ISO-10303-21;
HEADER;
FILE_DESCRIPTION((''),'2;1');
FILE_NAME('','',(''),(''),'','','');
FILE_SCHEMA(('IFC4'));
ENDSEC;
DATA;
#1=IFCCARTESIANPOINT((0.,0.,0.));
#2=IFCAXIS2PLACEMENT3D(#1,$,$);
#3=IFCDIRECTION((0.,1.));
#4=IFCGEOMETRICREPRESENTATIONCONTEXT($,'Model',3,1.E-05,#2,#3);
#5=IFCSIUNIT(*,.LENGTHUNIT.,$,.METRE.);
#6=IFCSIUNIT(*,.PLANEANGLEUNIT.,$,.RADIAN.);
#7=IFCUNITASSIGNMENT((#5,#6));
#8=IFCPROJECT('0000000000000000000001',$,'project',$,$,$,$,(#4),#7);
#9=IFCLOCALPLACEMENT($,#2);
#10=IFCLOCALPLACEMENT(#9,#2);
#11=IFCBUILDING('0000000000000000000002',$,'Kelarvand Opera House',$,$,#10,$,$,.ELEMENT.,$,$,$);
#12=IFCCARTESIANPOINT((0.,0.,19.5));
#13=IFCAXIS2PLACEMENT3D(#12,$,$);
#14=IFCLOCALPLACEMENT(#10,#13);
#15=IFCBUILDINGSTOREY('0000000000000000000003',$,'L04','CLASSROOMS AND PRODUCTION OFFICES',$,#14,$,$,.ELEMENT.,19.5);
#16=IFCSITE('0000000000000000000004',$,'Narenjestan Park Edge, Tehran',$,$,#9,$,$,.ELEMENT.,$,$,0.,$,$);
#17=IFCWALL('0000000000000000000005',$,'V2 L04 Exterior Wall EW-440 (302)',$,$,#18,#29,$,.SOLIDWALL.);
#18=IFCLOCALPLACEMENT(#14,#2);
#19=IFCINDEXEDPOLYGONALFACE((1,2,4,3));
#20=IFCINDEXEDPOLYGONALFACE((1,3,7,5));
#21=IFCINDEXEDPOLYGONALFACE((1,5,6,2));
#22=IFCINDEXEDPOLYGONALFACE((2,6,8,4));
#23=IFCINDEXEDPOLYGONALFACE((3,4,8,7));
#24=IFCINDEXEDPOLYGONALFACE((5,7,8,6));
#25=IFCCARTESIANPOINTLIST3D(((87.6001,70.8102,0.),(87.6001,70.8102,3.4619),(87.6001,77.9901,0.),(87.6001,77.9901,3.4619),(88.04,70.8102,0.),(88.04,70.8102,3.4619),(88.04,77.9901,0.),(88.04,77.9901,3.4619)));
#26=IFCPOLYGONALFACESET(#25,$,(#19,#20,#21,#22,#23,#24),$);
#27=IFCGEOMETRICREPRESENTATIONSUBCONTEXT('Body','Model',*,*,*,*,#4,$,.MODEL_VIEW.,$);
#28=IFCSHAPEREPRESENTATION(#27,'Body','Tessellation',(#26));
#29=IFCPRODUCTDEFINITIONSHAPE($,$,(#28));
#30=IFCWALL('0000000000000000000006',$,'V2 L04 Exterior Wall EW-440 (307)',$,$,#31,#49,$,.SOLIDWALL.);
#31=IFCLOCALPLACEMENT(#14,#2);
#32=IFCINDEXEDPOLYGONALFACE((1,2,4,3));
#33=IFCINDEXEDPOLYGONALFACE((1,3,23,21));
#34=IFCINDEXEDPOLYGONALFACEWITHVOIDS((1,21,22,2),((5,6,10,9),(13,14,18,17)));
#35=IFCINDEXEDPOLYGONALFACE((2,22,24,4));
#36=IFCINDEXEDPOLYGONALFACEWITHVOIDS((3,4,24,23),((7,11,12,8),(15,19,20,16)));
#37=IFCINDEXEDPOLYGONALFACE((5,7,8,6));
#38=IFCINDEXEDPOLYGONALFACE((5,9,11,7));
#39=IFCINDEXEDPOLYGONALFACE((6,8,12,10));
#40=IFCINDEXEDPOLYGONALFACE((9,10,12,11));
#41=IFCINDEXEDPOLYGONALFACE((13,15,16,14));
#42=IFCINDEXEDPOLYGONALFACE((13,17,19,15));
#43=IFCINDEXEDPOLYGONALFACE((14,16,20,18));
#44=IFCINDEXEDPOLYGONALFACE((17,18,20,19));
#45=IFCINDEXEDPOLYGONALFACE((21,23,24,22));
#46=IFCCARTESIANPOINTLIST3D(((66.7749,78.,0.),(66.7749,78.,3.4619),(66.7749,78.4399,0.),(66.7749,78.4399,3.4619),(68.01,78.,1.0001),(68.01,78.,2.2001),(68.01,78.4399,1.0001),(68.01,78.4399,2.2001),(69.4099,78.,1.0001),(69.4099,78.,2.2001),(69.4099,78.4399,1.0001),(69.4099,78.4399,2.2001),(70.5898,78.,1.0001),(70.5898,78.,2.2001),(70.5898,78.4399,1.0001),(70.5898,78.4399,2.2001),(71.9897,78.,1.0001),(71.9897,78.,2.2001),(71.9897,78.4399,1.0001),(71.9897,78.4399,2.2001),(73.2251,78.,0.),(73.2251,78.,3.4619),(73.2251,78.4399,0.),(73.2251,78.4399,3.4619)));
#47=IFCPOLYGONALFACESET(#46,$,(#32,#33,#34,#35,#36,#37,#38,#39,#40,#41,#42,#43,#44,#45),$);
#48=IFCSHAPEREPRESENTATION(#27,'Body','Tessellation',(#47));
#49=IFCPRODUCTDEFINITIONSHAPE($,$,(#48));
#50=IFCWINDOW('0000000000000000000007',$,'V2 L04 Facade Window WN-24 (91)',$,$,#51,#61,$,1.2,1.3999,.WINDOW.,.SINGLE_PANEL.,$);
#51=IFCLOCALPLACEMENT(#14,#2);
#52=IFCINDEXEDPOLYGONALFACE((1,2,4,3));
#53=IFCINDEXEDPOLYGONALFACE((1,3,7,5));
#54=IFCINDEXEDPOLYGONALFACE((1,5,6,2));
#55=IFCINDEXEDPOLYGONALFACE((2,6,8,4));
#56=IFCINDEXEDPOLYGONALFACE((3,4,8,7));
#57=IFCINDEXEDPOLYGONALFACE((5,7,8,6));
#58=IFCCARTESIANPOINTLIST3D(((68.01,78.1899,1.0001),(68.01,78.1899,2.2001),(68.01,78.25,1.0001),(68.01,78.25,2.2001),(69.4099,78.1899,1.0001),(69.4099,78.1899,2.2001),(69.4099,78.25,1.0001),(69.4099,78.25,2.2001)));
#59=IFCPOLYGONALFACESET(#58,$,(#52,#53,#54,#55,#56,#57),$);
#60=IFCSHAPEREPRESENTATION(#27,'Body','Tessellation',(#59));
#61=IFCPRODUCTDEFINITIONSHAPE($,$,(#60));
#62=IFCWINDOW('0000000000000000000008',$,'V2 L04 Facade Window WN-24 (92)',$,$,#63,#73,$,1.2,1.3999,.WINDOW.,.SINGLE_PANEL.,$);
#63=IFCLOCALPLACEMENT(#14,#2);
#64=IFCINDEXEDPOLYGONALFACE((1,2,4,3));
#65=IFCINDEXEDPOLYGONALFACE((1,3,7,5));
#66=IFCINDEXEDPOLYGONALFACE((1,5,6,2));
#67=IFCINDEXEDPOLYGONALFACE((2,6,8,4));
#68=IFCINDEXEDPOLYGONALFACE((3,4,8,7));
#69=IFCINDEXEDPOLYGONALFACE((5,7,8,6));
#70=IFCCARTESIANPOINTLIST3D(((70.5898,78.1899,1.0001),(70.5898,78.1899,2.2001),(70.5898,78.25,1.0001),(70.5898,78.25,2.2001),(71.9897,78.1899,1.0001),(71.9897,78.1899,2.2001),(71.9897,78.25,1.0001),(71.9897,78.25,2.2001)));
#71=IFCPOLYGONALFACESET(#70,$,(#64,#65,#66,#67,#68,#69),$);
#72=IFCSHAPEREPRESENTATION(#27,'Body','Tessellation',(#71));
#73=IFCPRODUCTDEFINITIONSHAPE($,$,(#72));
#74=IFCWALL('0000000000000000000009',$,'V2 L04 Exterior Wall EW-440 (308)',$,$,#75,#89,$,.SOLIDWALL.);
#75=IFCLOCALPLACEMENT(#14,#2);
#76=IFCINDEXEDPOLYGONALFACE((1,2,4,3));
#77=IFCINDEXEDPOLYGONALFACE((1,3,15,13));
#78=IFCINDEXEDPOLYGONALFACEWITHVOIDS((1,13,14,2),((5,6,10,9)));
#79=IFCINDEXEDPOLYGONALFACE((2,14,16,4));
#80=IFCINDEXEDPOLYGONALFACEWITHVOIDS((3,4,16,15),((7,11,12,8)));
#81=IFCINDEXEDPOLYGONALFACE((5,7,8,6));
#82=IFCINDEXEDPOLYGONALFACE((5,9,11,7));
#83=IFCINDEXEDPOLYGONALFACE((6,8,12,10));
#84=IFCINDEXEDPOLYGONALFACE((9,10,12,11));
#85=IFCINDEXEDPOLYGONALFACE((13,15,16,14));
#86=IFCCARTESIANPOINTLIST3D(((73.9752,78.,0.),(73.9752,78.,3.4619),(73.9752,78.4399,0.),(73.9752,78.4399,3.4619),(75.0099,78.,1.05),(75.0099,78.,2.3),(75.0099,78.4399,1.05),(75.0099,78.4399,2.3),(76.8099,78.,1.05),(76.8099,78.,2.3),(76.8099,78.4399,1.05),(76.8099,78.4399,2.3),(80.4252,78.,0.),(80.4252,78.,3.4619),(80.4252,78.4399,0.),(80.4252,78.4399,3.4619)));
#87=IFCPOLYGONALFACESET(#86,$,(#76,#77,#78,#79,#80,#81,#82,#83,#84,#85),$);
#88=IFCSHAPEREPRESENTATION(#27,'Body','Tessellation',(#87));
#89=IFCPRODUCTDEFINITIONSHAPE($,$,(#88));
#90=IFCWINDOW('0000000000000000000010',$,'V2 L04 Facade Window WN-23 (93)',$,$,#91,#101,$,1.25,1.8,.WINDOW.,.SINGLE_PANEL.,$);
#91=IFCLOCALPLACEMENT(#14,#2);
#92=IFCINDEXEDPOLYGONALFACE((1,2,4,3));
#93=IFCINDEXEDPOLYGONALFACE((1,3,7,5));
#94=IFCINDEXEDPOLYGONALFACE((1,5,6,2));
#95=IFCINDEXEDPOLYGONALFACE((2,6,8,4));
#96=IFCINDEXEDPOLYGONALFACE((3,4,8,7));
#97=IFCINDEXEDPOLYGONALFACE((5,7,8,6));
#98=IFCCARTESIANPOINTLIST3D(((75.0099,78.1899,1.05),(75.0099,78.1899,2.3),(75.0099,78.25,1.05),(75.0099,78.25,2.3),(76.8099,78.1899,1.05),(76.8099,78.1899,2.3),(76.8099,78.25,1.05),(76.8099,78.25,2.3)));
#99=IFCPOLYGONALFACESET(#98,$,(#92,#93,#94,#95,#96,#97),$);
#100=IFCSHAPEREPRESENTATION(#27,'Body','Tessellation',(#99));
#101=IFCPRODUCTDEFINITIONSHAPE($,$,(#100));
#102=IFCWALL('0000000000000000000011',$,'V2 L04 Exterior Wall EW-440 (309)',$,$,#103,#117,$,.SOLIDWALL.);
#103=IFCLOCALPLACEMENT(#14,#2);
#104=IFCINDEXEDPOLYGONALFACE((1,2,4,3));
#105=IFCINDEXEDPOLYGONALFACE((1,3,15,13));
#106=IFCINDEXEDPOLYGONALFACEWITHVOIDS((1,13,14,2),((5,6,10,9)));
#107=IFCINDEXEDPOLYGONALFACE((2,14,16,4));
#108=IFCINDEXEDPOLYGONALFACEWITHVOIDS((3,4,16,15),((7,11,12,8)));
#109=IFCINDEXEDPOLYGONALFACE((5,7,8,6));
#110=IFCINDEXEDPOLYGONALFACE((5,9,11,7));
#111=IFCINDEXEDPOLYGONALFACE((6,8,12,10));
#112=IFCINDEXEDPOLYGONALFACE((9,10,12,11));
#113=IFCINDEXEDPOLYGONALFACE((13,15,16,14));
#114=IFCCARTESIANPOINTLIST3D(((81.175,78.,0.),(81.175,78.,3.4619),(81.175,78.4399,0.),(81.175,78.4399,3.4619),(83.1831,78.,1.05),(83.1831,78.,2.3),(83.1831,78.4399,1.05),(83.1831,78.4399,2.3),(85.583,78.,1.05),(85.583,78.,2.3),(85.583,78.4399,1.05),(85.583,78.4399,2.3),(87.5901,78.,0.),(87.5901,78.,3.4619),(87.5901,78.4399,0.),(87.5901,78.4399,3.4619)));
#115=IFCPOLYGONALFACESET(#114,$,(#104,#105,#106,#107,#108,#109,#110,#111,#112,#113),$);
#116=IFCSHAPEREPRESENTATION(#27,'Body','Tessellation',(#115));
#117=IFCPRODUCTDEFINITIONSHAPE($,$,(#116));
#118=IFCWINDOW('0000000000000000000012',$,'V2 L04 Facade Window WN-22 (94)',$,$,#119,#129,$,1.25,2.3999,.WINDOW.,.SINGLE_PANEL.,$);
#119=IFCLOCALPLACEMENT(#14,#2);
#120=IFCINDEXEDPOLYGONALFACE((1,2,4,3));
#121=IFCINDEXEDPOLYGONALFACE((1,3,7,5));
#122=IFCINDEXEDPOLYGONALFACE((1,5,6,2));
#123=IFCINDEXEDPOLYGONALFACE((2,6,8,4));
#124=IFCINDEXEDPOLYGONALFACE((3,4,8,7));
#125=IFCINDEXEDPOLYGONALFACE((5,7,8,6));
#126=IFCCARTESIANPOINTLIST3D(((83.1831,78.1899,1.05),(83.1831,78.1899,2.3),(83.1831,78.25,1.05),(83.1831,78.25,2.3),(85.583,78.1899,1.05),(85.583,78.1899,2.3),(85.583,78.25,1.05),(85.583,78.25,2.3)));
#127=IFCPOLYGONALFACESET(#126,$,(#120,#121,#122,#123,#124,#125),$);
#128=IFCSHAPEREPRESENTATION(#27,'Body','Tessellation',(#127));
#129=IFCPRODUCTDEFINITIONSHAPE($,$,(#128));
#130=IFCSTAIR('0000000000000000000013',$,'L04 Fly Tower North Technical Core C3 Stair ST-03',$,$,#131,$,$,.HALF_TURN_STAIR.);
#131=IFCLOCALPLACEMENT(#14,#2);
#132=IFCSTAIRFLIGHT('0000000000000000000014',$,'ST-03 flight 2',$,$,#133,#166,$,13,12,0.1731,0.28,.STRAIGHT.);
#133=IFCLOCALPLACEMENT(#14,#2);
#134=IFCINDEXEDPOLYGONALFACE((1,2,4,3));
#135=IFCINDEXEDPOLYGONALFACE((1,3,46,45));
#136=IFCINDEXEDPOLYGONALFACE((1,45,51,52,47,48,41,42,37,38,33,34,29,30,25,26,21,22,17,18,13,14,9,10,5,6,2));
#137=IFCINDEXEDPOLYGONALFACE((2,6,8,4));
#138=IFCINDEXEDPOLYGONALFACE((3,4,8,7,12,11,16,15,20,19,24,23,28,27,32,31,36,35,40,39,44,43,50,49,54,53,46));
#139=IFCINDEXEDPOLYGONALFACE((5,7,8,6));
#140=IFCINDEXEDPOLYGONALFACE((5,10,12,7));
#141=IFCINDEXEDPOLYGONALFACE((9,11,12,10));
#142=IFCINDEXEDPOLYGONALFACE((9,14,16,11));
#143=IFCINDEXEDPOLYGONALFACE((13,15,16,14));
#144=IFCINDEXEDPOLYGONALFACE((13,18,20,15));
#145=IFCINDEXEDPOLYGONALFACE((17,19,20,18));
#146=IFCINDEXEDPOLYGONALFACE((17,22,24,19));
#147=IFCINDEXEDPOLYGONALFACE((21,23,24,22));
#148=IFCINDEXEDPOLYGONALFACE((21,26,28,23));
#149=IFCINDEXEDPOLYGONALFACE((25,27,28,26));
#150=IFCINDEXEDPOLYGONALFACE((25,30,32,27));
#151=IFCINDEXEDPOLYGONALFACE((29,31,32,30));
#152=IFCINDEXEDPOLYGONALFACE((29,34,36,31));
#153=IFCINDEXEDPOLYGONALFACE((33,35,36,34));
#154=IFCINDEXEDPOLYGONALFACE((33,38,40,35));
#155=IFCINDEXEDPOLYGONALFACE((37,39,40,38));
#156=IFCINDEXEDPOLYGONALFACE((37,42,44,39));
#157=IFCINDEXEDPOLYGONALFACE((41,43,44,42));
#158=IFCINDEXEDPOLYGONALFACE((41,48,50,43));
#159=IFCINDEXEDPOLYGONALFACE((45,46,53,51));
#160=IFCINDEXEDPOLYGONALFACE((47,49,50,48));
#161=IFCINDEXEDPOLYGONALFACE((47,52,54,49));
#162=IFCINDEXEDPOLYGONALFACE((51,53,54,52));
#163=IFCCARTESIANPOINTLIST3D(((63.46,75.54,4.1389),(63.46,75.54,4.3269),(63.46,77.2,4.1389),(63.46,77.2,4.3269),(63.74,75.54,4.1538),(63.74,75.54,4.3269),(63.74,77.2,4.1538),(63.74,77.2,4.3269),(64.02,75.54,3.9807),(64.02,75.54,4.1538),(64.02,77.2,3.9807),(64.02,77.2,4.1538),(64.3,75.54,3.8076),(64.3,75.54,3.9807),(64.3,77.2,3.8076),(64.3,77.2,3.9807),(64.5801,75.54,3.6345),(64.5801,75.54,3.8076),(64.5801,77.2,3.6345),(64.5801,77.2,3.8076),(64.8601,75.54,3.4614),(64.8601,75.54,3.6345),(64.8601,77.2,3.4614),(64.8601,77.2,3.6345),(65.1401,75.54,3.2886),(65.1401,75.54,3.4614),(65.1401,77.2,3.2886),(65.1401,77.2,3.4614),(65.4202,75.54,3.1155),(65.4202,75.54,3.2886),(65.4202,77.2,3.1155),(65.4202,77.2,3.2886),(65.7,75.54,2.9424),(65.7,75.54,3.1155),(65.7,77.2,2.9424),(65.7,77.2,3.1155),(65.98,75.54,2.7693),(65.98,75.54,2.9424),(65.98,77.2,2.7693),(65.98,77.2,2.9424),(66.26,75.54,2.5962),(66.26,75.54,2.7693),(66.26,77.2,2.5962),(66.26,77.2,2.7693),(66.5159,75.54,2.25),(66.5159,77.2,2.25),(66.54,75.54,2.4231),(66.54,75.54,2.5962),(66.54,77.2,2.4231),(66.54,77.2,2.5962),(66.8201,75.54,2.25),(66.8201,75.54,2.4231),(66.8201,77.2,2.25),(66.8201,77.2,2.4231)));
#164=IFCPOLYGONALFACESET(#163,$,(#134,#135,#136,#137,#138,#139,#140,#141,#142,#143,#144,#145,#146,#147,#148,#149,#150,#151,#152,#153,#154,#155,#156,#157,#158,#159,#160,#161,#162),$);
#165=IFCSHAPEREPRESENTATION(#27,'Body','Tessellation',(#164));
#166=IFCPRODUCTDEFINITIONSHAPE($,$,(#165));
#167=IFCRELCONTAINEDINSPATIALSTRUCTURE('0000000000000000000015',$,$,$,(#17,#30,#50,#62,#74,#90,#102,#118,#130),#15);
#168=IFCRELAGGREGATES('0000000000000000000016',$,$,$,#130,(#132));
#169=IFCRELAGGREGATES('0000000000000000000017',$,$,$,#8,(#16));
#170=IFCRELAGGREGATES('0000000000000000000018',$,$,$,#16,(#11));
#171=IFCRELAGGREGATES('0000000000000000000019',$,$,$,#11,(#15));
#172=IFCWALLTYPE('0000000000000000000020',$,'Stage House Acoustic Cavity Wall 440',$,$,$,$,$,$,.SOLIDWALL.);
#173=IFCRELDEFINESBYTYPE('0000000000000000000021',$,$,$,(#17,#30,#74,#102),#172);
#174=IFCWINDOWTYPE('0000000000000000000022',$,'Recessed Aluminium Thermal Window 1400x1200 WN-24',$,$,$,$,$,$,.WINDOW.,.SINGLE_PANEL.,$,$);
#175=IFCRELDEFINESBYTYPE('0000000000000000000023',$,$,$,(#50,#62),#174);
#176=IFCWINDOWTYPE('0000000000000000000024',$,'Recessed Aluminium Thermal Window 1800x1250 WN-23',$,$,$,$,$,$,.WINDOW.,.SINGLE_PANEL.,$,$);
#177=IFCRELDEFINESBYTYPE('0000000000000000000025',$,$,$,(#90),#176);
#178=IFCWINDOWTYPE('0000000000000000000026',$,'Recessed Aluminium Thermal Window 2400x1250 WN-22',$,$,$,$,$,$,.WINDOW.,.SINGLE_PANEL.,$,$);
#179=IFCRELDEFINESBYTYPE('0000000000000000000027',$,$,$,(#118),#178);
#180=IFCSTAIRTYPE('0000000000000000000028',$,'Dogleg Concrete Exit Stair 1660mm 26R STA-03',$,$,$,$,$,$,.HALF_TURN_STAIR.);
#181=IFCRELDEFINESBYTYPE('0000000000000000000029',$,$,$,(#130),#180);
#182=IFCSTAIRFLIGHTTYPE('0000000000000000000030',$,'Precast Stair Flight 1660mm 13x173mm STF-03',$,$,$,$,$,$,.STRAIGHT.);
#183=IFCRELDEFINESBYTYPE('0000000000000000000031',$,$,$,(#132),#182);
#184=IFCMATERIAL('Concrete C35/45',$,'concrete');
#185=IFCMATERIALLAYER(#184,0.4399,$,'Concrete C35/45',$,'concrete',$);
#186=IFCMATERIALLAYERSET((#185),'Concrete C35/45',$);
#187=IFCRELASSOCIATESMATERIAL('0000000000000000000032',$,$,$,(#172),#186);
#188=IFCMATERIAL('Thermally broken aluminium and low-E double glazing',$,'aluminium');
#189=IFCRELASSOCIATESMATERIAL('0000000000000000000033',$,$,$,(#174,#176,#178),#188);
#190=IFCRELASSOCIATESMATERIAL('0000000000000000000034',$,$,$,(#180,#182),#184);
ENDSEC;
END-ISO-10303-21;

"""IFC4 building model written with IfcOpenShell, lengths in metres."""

from ifc_helpers import new_model, si_unit, direction, frame, frame_2d, origin, place, context, subcontext, project, spatial, polyline, rectangle, outline, extrude, material, layer, layer_set, type_object, element, fill, aggregate, save


model = new_model("IFC4")

# Units and contexts
model_context = context("Model", 3, precision=1e-05, world=origin(), true_north=direction((0.0, 1.0)))
body_context = subcontext(model_context, "Body", "Model", "MODEL_VIEW")
ifc_project = project(units=[si_unit("LENGTHUNIT", "METRE"), si_unit("PLANEANGLEUNIT", "RADIAN")], contexts=[model_context])

# Site, building, storey
site_placement = place(None, origin())
site = spatial("IfcSite", under=ifc_project, at=site_placement, Name="Narenjestan Park Edge, Tehran", CompositionType="ELEMENT", RefElevation=0.0)
building_placement = place(site_placement, origin())
building = spatial("IfcBuilding", under=site, at=building_placement, Name="Kelarvand Opera House", CompositionType="ELEMENT")
storey_placement = place(building_placement, frame((0.0, 0.0, 19.5)))
storey = spatial("IfcBuildingStorey", under=building, at=storey_placement, Name="L04", Description="CLASSROOMS AND PRODUCTION OFFICES", CompositionType="ELEMENT", Elevation=19.5)

# Shared definitions
ifc_material_1 = material(Name="Concrete C35/45", Category="concrete")

# Wall
ifc_layer_1 = layer(ifc_material_1, 0.4399, Name="Concrete C35/45", Category="concrete")
ifc_layer_set_1 = layer_set([ifc_layer_1], Name="Concrete C35/45")
wall_type_1 = type_object("IfcWallType", Name="Stage House Acoustic Cavity Wall 440", PredefinedType="SOLIDWALL", material=ifc_layer_set_1)
wall_1_placement = place(storey_placement, frame((87.8201, 77.99, 0.0), z_axis=(0.0, 0.0, 1.0), x_axis=(0.0, -1.0, 0.0)))
element("IfcWall", 1, at=wall_1_placement, inside=storey, type_object=wall_type_1, Name="V2 L04 Exterior Wall EW-440 (302)", PredefinedType="SOLIDWALL", context=body_context, shape_type="SweptSolid", body=[
    extrude(rectangle(XDim=7.1799, YDim=0.4399, at=frame_2d((3.5898, 0.0))), origin(), (0.0, 0.0, 1.0), 3.4619),
])

# Wall, openings, windows
wall_2_placement = place(storey_placement, frame((66.7749, 78.22, 0.0), z_axis=(0.0, 0.0, 1.0), x_axis=(1.0, 0.0, 0.0)))
wall_2 = element("IfcWall", 2, at=wall_2_placement, inside=storey, type_object=wall_type_1, Name="V2 L04 Exterior Wall EW-440 (307)", PredefinedType="SOLIDWALL", context=body_context, shape_type="SweptSolid", body=[
    extrude(rectangle(XDim=6.4502, YDim=0.4399, at=frame_2d((3.2251, 0.0))), origin(), (0.0, 0.0, 1.0), 3.4619),
])
opening_1_placement = place(wall_2_placement, frame((1.2351, 0.0, 1.0)))
opening_1 = element("IfcOpeningElement", 3, at=opening_1_placement, cuts=wall_2, PredefinedType="OPENING", context=body_context, shape_type="SweptSolid", body=[
    extrude(rectangle(XDim=1.3999, YDim=1.2, at=frame_2d((0.7, 0.6001))), frame((0.0, 0.23, 0.0), z_axis=(0.0, -1.0, 0.0), x_axis=(1.0, 0.0, 0.0)), (0.0, 0.0, 1.0), 0.46),
])
opening_2_placement = place(wall_2_placement, frame((3.8149, 0.0, 1.0)))
opening_2 = element("IfcOpeningElement", 4, at=opening_2_placement, cuts=wall_2, PredefinedType="OPENING", context=body_context, shape_type="SweptSolid", body=[
    extrude(rectangle(XDim=1.3999, YDim=1.2, at=frame_2d((0.7, 0.6001))), frame((0.0, 0.23, 0.0), z_axis=(0.0, -1.0, 0.0), x_axis=(1.0, 0.0, 0.0)), (0.0, 0.0, 1.0), 0.46),
])
ifc_material_2 = material(Name="Thermally broken aluminium and low-E double glazing", Category="aluminium")
window_type_1 = type_object("IfcWindowType", Name="Recessed Aluminium Thermal Window 1400x1200 WN-24", PartitioningType="SINGLE_PANEL", PredefinedType="WINDOW", material=ifc_material_2)
window_1_placement = place(opening_1_placement, origin())
window_1 = element("IfcWindow", 5, at=window_1_placement, inside=storey, type_object=window_type_1, Name="V2 L04 Facade Window WN-24 (91)", OverallHeight=1.2, OverallWidth=1.3999, PartitioningType="SINGLE_PANEL", PredefinedType="WINDOW", context=body_context, shape_type="SweptSolid", body=[
    extrude(rectangle(XDim=1.3999, YDim=1.2, at=frame_2d((0.7, 0.6001))), frame((0.0, 0.03, 0.0), z_axis=(0.0, -1.0, 0.0), x_axis=(1.0, 0.0, 0.0)), (0.0, 0.0, 1.0), 0.0601),
])
fill(opening_1, window_1)
window_2_placement = place(opening_2_placement, origin())
window_2 = element("IfcWindow", 6, at=window_2_placement, inside=storey, type_object=window_type_1, Name="V2 L04 Facade Window WN-24 (92)", OverallHeight=1.2, OverallWidth=1.3999, PartitioningType="SINGLE_PANEL", PredefinedType="WINDOW", context=body_context, shape_type="SweptSolid", body=[
    extrude(rectangle(XDim=1.3999, YDim=1.2, at=frame_2d((0.7, 0.6001))), frame((0.0, 0.03, 0.0), z_axis=(0.0, -1.0, 0.0), x_axis=(1.0, 0.0, 0.0)), (0.0, 0.0, 1.0), 0.0601),
])
fill(opening_2, window_2)

# Walls, openings, windows
wall_3_placement = place(storey_placement, frame((73.9751, 78.22, 0.0), z_axis=(0.0, 0.0, 1.0), x_axis=(1.0, 0.0, 0.0)))
wall_3 = element("IfcWall", 7, at=wall_3_placement, inside=storey, type_object=wall_type_1, Name="V2 L04 Exterior Wall EW-440 (308)", PredefinedType="SOLIDWALL", context=body_context, shape_type="SweptSolid", body=[
    extrude(rectangle(XDim=6.45, YDim=0.4399, at=frame_2d((3.2251, 0.0))), origin(), (0.0, 0.0, 1.0), 3.4619),
])
opening_3_placement = place(wall_3_placement, frame((1.0349, 0.0, 1.05)))
opening_3 = element("IfcOpeningElement", 8, at=opening_3_placement, cuts=wall_3, PredefinedType="OPENING", context=body_context, shape_type="SweptSolid", body=[
    extrude(rectangle(XDim=1.8, YDim=1.25, at=frame_2d((0.8999, 0.625))), frame((0.0, 0.23, 0.0), z_axis=(0.0, -1.0, 0.0), x_axis=(1.0, 0.0, 0.0)), (0.0, 0.0, 1.0), 0.46),
])
window_type_2 = type_object("IfcWindowType", Name="Recessed Aluminium Thermal Window 1800x1250 WN-23", PartitioningType="SINGLE_PANEL", PredefinedType="WINDOW", material=ifc_material_2)
window_3_placement = place(opening_3_placement, origin())
window_3 = element("IfcWindow", 9, at=window_3_placement, inside=storey, type_object=window_type_2, Name="V2 L04 Facade Window WN-23 (93)", OverallHeight=1.25, OverallWidth=1.8, PartitioningType="SINGLE_PANEL", PredefinedType="WINDOW", context=body_context, shape_type="SweptSolid", body=[
    extrude(rectangle(XDim=1.8, YDim=1.25, at=frame_2d((0.8999, 0.625))), frame((0.0, 0.03, 0.0), z_axis=(0.0, -1.0, 0.0), x_axis=(1.0, 0.0, 0.0)), (0.0, 0.0, 1.0), 0.0601),
])
fill(opening_3, window_3)
wall_4_placement = place(storey_placement, frame((81.175, 78.22, 0.0), z_axis=(0.0, 0.0, 1.0), x_axis=(1.0, 0.0, 0.0)))
wall_4 = element("IfcWall", 10, at=wall_4_placement, inside=storey, type_object=wall_type_1, Name="V2 L04 Exterior Wall EW-440 (309)", PredefinedType="SOLIDWALL", context=body_context, shape_type="SweptSolid", body=[
    extrude(rectangle(XDim=6.415, YDim=0.4399, at=frame_2d((3.2075, 0.0))), origin(), (0.0, 0.0, 1.0), 3.4619),
])
opening_4_placement = place(wall_4_placement, frame((2.0081, 0.0, 1.05)))
opening_4 = element("IfcOpeningElement", 11, at=opening_4_placement, cuts=wall_4, PredefinedType="OPENING", context=body_context, shape_type="SweptSolid", body=[
    extrude(rectangle(XDim=2.3999, YDim=1.25, at=frame_2d((1.2, 0.625))), frame((0.0, 0.23, 0.0), z_axis=(0.0, -1.0, 0.0), x_axis=(1.0, 0.0, 0.0)), (0.0, 0.0, 1.0), 0.46),
])
window_type_3 = type_object("IfcWindowType", Name="Recessed Aluminium Thermal Window 2400x1250 WN-22", PartitioningType="SINGLE_PANEL", PredefinedType="WINDOW", material=ifc_material_2)
window_4_placement = place(opening_4_placement, origin())
window_4 = element("IfcWindow", 12, at=window_4_placement, inside=storey, type_object=window_type_3, Name="V2 L04 Facade Window WN-22 (94)", OverallHeight=1.25, OverallWidth=2.3999, PartitioningType="SINGLE_PANEL", PredefinedType="WINDOW", context=body_context, shape_type="SweptSolid", body=[
    extrude(rectangle(XDim=2.3999, YDim=1.25, at=frame_2d((1.2, 0.625))), frame((0.0, 0.03, 0.0), z_axis=(0.0, -1.0, 0.0), x_axis=(1.0, 0.0, 0.0)), (0.0, 0.0, 1.0), 0.0601),
])
fill(opening_4, window_4)

# Stair, stair flight
stair_type = type_object("IfcStairType", Name="Dogleg Concrete Exit Stair 1660mm 26R STA-03", PredefinedType="HALF_TURN_STAIR", material=ifc_material_1)
stair_placement = place(storey_placement, origin())
stair = element("IfcStair", 13, at=stair_placement, inside=storey, type_object=stair_type, Name="L04 Fly Tower North Technical Core C3 Stair ST-03", PredefinedType="HALF_TURN_STAIR")
stair_flight_type = type_object("IfcStairFlightType", Name="Precast Stair Flight 1660mm 13x173mm STF-03", PredefinedType="STRAIGHT", material=ifc_material_1)
stair_flight_placement = place(storey_placement, frame((66.8201, 76.3701, 2.25), z_axis=(0.0, 0.0, 1.0), x_axis=(-1.0, 0.0, 0.0)))
stair_flight = element("IfcStairFlight", 14, at=stair_flight_placement, type_object=stair_flight_type, Name="ST-03 flight 2", NumberOfRisers=13, NumberOfTreads=12, PredefinedType="STRAIGHT", RiserHeight=0.1731, TreadLength=0.28, context=body_context, shape_type="SweptSolid", body=[
    extrude(outline(polyline([(0.0, 0.0), (0.0, 0.1731), (0.28, 0.1731), (0.28, 0.3462), (0.5601, 0.3462), (0.5601, 0.5193), (0.8401, 0.5193), (0.8401, 0.6924), (1.1201, 0.6924), (1.1201, 0.8655), (1.3999, 0.8655), (1.3999, 1.0386), (1.6799, 1.0386), (1.6799, 1.2114), (1.96, 1.2114), (1.96, 1.3845), (2.24, 1.3845), (2.24, 1.5576), (2.52, 1.5576), (2.52, 1.7307), (2.8, 1.7307), (2.8, 1.9038), (3.0801, 1.9038), (3.0801, 2.0769), (3.3601, 2.0769), (3.3601, 2.25), (3.3601, 1.8889), (0.3042, 0.0), (0.0, 0.0)])), frame((0.0, 0.8301, 0.0), z_axis=(0.0, -1.0, 0.0), x_axis=(1.0, 0.0, 0.0)), (0.0, 0.0, 1.0), 1.6599),
])
aggregate(stair, [stair_flight])

save(model, "model.ifc")
